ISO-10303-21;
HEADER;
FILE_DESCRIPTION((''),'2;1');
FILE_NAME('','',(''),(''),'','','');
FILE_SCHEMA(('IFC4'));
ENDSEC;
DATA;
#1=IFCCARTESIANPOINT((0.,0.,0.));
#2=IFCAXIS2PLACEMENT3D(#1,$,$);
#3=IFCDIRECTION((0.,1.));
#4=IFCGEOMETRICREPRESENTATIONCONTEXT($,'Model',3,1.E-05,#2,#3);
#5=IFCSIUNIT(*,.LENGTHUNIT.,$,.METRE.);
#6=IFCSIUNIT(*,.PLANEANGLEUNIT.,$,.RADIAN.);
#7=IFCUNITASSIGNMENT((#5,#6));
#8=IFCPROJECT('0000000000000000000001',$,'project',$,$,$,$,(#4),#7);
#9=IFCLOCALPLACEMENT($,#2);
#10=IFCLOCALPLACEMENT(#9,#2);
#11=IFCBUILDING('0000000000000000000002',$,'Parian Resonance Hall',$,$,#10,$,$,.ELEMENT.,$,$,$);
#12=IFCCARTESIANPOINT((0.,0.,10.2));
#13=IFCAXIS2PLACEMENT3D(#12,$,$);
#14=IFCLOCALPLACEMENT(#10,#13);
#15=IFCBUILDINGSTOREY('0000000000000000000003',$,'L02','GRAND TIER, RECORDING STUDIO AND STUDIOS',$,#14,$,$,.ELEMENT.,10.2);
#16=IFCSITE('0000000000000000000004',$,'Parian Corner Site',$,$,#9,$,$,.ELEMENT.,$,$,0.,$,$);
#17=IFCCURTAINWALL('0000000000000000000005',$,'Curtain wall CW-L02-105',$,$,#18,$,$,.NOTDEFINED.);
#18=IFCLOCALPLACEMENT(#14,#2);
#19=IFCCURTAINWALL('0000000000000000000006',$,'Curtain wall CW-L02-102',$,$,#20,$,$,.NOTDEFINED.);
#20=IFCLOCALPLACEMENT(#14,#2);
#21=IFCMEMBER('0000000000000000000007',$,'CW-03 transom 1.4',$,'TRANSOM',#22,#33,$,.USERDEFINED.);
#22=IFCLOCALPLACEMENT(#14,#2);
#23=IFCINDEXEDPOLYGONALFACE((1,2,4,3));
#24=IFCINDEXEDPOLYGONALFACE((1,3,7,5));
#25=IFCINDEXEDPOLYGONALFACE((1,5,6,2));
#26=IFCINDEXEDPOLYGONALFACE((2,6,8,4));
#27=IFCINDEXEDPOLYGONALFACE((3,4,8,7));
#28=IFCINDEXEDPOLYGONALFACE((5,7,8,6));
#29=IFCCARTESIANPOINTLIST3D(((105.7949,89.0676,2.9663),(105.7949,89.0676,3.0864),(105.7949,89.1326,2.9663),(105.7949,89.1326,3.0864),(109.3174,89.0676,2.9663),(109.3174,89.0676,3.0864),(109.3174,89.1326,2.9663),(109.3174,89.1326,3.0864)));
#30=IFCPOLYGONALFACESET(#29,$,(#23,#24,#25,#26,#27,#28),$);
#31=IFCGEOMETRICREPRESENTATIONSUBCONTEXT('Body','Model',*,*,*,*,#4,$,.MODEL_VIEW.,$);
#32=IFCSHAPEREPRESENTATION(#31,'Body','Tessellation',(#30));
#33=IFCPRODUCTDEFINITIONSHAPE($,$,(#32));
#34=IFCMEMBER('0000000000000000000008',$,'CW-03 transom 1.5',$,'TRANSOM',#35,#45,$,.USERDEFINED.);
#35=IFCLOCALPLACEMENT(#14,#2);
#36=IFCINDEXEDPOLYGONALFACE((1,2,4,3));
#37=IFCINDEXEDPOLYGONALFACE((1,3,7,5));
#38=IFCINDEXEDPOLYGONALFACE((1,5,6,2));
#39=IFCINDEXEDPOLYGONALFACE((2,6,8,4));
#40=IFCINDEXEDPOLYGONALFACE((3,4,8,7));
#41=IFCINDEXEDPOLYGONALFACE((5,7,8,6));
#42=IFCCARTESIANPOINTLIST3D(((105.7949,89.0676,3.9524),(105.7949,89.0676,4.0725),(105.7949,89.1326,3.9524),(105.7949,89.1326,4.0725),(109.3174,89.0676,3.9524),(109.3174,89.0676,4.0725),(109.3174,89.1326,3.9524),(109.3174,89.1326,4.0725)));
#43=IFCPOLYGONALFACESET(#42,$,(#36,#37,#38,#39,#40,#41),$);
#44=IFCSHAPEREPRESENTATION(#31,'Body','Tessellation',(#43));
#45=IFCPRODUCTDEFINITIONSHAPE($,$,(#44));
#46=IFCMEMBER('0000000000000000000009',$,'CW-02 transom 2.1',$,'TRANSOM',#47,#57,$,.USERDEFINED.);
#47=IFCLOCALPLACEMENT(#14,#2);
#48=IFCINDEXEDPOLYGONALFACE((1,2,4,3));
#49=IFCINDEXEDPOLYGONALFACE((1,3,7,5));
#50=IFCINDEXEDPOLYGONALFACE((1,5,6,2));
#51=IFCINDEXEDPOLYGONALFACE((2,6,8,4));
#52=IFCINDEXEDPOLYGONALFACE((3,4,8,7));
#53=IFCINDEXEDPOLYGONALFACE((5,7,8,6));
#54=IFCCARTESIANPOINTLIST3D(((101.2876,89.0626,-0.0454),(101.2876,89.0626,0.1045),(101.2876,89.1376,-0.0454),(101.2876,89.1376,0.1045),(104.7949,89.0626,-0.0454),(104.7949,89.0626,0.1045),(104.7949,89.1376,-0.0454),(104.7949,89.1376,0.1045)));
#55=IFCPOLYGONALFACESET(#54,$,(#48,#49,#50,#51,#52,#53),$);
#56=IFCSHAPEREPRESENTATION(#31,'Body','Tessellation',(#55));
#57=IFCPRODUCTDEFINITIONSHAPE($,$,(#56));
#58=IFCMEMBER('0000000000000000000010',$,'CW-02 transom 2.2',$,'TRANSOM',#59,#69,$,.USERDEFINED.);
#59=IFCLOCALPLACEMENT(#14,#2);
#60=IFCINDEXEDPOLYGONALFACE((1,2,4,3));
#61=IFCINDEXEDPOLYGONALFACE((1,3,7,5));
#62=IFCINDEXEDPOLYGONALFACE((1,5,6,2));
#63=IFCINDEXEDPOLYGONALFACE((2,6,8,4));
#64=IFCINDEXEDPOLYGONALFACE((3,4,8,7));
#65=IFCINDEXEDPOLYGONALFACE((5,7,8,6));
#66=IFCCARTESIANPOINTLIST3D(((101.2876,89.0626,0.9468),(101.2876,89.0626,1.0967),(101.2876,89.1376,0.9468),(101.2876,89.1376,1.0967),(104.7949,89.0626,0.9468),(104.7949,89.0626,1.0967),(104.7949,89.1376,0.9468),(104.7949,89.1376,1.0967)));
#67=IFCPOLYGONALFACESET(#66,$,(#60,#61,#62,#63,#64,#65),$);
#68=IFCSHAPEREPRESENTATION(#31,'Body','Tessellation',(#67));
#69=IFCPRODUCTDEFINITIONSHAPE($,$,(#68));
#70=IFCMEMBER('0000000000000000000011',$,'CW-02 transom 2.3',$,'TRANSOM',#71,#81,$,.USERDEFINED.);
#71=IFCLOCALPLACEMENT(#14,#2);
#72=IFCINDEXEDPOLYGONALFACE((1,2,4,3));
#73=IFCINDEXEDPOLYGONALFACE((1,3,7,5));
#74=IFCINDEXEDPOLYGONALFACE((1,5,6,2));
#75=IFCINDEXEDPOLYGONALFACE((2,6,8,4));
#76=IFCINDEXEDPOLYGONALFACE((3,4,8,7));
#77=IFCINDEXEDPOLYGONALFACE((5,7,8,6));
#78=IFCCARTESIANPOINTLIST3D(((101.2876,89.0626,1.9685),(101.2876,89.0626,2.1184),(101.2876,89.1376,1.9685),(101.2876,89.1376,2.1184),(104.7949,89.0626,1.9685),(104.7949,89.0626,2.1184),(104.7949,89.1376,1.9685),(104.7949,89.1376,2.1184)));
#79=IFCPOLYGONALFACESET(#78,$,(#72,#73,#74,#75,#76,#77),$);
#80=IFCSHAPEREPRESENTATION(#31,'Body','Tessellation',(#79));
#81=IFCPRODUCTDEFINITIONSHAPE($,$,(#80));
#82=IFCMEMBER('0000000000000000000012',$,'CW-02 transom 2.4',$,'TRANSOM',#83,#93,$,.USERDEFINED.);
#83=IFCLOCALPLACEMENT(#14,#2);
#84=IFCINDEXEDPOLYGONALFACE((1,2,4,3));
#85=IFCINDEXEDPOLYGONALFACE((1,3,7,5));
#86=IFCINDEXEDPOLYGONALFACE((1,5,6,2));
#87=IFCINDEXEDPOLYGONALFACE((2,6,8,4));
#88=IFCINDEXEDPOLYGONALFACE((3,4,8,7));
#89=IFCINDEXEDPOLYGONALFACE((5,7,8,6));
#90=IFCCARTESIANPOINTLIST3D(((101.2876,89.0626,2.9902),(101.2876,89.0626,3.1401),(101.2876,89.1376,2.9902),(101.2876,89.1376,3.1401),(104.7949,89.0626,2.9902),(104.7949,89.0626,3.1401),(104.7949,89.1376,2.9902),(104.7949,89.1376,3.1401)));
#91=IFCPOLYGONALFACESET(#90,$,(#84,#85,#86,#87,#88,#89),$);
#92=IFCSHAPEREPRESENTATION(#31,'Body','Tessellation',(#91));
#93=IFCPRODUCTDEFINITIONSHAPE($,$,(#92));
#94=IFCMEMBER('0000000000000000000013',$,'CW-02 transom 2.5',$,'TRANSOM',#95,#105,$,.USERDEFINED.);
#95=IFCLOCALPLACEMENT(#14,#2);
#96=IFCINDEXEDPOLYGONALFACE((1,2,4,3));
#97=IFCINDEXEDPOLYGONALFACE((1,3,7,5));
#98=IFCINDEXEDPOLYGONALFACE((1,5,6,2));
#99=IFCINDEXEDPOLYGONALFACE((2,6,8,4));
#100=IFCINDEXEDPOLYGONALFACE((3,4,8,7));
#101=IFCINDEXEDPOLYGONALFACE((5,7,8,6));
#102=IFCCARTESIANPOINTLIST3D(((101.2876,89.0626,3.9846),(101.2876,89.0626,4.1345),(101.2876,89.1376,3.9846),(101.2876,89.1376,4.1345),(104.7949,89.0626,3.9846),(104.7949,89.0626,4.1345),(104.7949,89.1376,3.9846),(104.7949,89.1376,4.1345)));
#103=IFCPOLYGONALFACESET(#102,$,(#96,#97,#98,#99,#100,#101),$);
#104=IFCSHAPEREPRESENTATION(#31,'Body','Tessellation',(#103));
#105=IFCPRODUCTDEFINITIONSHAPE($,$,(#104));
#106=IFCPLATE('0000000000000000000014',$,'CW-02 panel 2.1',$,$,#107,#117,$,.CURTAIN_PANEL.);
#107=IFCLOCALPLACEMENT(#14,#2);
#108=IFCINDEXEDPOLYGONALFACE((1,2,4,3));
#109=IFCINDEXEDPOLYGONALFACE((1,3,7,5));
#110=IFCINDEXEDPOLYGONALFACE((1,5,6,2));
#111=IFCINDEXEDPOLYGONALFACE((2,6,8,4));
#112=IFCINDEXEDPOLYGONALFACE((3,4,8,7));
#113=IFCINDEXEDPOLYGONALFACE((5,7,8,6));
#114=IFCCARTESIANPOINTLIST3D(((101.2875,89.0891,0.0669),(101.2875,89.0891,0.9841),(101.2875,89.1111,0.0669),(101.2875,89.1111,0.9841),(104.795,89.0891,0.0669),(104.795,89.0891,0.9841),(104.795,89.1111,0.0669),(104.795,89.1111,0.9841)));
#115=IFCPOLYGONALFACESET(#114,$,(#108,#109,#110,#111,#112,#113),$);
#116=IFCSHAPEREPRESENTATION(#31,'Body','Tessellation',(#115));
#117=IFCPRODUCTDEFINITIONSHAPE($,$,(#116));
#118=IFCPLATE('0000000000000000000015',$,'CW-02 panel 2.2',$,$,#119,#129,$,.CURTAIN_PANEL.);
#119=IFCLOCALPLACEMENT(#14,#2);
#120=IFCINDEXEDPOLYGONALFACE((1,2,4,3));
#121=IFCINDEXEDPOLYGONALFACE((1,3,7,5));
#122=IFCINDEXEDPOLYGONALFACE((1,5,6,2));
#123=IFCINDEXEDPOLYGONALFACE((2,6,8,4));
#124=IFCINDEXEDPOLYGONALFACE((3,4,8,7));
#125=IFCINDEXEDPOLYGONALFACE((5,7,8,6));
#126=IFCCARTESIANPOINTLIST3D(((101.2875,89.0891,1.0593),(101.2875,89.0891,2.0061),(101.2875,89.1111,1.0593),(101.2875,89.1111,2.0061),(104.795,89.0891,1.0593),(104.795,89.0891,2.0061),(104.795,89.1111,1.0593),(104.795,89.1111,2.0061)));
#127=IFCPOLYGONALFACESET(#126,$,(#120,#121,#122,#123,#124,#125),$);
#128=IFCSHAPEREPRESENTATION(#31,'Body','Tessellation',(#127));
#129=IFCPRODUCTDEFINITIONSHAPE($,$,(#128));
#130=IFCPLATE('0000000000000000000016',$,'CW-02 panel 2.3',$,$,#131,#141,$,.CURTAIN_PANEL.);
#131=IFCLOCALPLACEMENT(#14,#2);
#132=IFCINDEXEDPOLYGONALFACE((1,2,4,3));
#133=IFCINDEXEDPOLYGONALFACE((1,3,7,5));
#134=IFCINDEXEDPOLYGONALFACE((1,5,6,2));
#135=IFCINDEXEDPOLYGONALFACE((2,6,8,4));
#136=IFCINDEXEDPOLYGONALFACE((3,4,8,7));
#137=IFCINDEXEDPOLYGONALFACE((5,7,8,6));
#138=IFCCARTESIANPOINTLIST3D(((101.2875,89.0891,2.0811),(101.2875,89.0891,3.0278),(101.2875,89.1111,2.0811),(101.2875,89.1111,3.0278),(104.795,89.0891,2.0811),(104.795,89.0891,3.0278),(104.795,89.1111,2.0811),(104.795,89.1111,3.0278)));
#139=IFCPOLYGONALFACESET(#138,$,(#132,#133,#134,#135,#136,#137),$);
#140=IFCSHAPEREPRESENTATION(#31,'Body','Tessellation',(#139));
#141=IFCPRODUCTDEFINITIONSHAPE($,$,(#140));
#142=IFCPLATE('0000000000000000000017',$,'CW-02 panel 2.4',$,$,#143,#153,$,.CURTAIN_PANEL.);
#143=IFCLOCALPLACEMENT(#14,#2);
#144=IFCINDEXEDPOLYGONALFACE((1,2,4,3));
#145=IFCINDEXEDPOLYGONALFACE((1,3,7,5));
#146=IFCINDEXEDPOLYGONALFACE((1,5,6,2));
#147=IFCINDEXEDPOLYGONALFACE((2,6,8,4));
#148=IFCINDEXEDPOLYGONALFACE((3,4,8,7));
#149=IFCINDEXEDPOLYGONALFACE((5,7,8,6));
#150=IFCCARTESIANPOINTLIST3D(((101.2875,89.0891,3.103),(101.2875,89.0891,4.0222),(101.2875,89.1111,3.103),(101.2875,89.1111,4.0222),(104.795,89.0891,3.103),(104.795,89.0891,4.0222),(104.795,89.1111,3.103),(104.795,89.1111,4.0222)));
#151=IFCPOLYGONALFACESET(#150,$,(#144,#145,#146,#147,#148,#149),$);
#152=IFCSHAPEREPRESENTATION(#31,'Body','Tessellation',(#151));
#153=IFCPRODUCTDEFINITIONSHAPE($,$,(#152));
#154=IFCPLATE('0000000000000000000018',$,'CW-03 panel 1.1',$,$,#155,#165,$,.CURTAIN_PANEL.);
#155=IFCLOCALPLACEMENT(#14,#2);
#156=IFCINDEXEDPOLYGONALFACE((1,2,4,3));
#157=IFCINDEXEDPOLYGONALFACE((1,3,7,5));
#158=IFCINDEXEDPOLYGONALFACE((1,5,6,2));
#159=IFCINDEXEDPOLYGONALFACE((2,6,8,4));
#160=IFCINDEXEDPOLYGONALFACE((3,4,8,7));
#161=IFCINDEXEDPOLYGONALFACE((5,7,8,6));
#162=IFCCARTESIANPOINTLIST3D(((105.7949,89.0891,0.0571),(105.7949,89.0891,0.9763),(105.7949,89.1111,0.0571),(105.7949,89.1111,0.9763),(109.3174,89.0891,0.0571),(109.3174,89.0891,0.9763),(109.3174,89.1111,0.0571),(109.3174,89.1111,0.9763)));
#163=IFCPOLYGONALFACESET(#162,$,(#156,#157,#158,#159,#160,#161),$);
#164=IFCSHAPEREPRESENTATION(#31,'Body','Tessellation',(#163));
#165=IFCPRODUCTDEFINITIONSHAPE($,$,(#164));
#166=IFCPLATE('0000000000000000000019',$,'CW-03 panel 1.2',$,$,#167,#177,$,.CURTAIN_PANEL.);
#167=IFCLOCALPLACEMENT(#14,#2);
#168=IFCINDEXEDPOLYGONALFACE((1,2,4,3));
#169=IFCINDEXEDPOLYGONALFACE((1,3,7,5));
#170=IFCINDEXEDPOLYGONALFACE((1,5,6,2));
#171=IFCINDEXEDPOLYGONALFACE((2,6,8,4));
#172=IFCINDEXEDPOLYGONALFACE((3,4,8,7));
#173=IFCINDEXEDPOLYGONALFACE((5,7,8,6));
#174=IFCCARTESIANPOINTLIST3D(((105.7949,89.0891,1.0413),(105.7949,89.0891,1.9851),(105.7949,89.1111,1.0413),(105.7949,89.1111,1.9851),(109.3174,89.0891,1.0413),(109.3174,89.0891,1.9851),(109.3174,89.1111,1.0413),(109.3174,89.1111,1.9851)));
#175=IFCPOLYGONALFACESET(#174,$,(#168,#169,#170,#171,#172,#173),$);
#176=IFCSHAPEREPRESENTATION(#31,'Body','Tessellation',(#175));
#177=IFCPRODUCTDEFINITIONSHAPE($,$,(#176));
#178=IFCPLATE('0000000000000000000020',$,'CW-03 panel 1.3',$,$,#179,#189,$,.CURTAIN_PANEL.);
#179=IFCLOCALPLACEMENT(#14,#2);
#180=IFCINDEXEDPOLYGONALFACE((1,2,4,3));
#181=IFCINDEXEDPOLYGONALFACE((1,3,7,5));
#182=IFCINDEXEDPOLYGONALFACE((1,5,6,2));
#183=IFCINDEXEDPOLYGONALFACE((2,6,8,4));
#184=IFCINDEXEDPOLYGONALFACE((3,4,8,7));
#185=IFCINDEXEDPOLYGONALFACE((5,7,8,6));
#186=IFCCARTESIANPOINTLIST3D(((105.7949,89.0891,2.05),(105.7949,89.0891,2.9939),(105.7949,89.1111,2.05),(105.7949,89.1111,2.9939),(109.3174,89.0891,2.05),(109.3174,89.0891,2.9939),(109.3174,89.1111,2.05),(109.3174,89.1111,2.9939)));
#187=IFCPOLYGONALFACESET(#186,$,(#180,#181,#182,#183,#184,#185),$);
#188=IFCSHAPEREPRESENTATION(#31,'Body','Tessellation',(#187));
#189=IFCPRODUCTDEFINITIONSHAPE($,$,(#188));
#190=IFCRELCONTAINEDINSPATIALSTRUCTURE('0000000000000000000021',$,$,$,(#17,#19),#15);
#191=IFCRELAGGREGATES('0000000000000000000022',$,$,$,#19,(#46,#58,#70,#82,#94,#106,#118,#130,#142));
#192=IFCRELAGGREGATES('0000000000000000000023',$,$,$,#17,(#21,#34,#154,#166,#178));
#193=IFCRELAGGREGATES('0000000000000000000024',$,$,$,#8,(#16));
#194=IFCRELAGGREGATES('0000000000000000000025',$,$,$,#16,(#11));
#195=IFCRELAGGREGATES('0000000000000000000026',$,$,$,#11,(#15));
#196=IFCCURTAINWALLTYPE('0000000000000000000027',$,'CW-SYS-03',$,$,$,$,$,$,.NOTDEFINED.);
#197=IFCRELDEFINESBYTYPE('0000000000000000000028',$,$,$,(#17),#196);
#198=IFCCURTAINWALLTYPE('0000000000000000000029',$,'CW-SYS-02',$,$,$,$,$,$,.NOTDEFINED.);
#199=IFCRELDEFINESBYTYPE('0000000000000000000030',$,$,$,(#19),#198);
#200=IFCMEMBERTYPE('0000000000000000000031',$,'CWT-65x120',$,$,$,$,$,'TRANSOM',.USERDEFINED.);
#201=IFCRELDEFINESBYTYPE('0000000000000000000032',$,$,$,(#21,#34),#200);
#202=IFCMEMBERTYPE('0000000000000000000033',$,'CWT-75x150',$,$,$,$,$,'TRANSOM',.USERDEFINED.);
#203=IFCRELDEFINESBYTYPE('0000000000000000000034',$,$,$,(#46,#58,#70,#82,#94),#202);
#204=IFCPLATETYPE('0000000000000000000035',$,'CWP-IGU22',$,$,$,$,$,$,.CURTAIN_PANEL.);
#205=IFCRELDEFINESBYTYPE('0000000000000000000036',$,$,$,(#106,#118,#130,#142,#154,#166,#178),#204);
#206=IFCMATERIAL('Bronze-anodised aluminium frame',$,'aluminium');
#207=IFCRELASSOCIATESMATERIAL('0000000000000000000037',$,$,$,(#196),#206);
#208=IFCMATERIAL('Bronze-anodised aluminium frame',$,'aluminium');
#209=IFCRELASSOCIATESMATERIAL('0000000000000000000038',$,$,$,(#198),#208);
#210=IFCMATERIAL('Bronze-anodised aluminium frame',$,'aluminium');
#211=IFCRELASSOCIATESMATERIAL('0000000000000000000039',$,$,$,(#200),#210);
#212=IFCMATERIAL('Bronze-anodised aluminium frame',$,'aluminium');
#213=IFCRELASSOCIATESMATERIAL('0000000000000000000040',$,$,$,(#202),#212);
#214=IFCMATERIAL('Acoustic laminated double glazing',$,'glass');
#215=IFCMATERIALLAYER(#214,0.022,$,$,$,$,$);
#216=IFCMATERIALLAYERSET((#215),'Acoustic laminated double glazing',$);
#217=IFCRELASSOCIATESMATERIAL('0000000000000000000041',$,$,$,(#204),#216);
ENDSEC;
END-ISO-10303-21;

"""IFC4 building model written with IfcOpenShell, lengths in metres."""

from ifc_helpers import new_model, si_unit, direction, frame, origin, origin_2d, place, context, subcontext, project, spatial, rectangle, extrude, material, layer, layer_set, material_profile, profile_set, type_object, element, aggregate, save


model = new_model("IFC4")

# Units and contexts
model_context = context("Model", 3, precision=1e-05, world=origin(), true_north=direction((0.0, 1.0)))
body_context = subcontext(model_context, "Body", "Model", "MODEL_VIEW")
ifc_project = project(units=[si_unit("LENGTHUNIT", "METRE"), si_unit("PLANEANGLEUNIT", "RADIAN")], contexts=[model_context])

# Site, building, storey
site_placement = place(None, origin())
site = spatial("IfcSite", under=ifc_project, at=site_placement, Name="Parian Corner Site", CompositionType="ELEMENT", RefElevation=0.0)
building_placement = place(site_placement, origin())
building = spatial("IfcBuilding", under=site, at=building_placement, Name="Parian Resonance Hall", CompositionType="ELEMENT")
storey_placement = place(building_placement, frame((0.0, 0.0, 10.2)))
storey = spatial("IfcBuildingStorey", under=building, at=storey_placement, Name="L02", Description="GRAND TIER, RECORDING STUDIO AND STUDIOS", CompositionType="ELEMENT", Elevation=10.2)

# Curtain walls
ifc_material_1 = material(Name="Bronze-anodised aluminium frame", Category="aluminium")
curtain_wall_type_1 = type_object("IfcCurtainWallType", Name="CW-SYS-03", PredefinedType="NOTDEFINED", material=ifc_material_1)
curtain_wall_1_placement = place(storey_placement, origin())
curtain_wall_1 = element("IfcCurtainWall", 1, at=curtain_wall_1_placement, inside=storey, type_object=curtain_wall_type_1, Name="Curtain wall CW-L02-105", PredefinedType="NOTDEFINED")
ifc_material_2 = material(Name="Bronze-anodised aluminium frame", Category="aluminium")
curtain_wall_type_2 = type_object("IfcCurtainWallType", Name="CW-SYS-02", PredefinedType="NOTDEFINED", material=ifc_material_2)
curtain_wall_2_placement = place(storey_placement, origin())
curtain_wall_2 = element("IfcCurtainWall", 2, at=curtain_wall_2_placement, inside=storey, type_object=curtain_wall_type_2, Name="Curtain wall CW-L02-102", PredefinedType="NOTDEFINED")

# Members
ifc_material_3 = material(Name="Bronze-anodised aluminium frame", Category="aluminium")
ifc_material_profile_1 = material_profile(ifc_material_3, rectangle(XDim=0.0649, YDim=0.1201, at=origin_2d()), Name="CWT-65x120")
ifc_profile_set_1 = profile_set([ifc_material_profile_1], Name="Bronze-anodised aluminium frame")
member_type_1 = type_object("IfcMemberType", Name="CWT-65x120", ElementType="TRANSOM", PredefinedType="USERDEFINED", material=ifc_profile_set_1)
member_1_placement = place(storey_placement, frame((105.7949, 89.1001, 3.0264), z_axis=(1.0, 0.0, 0.0), x_axis=(0.0, 1.0, 0.0)))
member_1 = element("IfcMember", 3, at=member_1_placement, type_object=member_type_1, Name="CW-03 transom 1.4", ObjectType="TRANSOM", PredefinedType="USERDEFINED", context=body_context, shape_type="SweptSolid", body=[
    extrude(rectangle(XDim=0.0649, YDim=0.1201, at=origin_2d()), origin(), (0.0, 0.0, 1.0), 3.5225),
])
member_2_placement = place(storey_placement, frame((105.7949, 89.1001, 4.0125), z_axis=(1.0, 0.0, 0.0), x_axis=(0.0, 1.0, 0.0)))
member_2 = element("IfcMember", 4, at=member_2_placement, type_object=member_type_1, Name="CW-03 transom 1.5", ObjectType="TRANSOM", PredefinedType="USERDEFINED", context=body_context, shape_type="SweptSolid", body=[
    extrude(rectangle(XDim=0.0649, YDim=0.1201, at=origin_2d()), origin(), (0.0, 0.0, 1.0), 3.5225),
])
ifc_material_4 = material(Name="Bronze-anodised aluminium frame", Category="aluminium")
ifc_material_profile_2 = material_profile(ifc_material_4, rectangle(XDim=0.075, YDim=0.1499, at=origin_2d()), Name="CWT-75x150")
ifc_profile_set_2 = profile_set([ifc_material_profile_2], Name="Bronze-anodised aluminium frame")
member_type_2 = type_object("IfcMemberType", Name="CWT-75x150", ElementType="TRANSOM", PredefinedType="USERDEFINED", material=ifc_profile_set_2)
member_3_placement = place(storey_placement, frame((101.2876, 89.1001, 0.0295), z_axis=(1.0, 0.0, 0.0), x_axis=(0.0, 1.0, 0.0)))
member_3 = element("IfcMember", 5, at=member_3_placement, type_object=member_type_2, Name="CW-02 transom 2.1", ObjectType="TRANSOM", PredefinedType="USERDEFINED", context=body_context, shape_type="SweptSolid", body=[
    extrude(rectangle(XDim=0.075, YDim=0.1499, at=origin_2d()), origin(), (0.0, 0.0, 1.0), 3.5073),
])
member_4_placement = place(storey_placement, frame((101.2876, 89.1001, 1.0217), z_axis=(1.0, 0.0, 0.0), x_axis=(0.0, 1.0, 0.0)))
member_4 = element("IfcMember", 6, at=member_4_placement, type_object=member_type_2, Name="CW-02 transom 2.2", ObjectType="TRANSOM", PredefinedType="USERDEFINED", context=body_context, shape_type="SweptSolid", body=[
    extrude(rectangle(XDim=0.075, YDim=0.1499, at=origin_2d()), origin(), (0.0, 0.0, 1.0), 3.5073),
])
member_5_placement = place(storey_placement, frame((101.2876, 89.1001, 2.0435), z_axis=(1.0, 0.0, 0.0), x_axis=(0.0, 1.0, 0.0)))
member_5 = element("IfcMember", 7, at=member_5_placement, type_object=member_type_2, Name="CW-02 transom 2.3", ObjectType="TRANSOM", PredefinedType="USERDEFINED", context=body_context, shape_type="SweptSolid", body=[
    extrude(rectangle(XDim=0.075, YDim=0.1499, at=origin_2d()), origin(), (0.0, 0.0, 1.0), 3.5073),
])
member_6_placement = place(storey_placement, frame((101.2876, 89.1001, 3.0652), z_axis=(1.0, 0.0, 0.0), x_axis=(0.0, 1.0, 0.0)))
member_6 = element("IfcMember", 8, at=member_6_placement, type_object=member_type_2, Name="CW-02 transom 2.4", ObjectType="TRANSOM", PredefinedType="USERDEFINED", context=body_context, shape_type="SweptSolid", body=[
    extrude(rectangle(XDim=0.075, YDim=0.1499, at=origin_2d()), origin(), (0.0, 0.0, 1.0), 3.5073),
])
member_7_placement = place(storey_placement, frame((101.2876, 89.1001, 4.0596), z_axis=(1.0, 0.0, 0.0), x_axis=(0.0, 1.0, 0.0)))
member_7 = element("IfcMember", 9, at=member_7_placement, type_object=member_type_2, Name="CW-02 transom 2.5", ObjectType="TRANSOM", PredefinedType="USERDEFINED", context=body_context, shape_type="SweptSolid", body=[
    extrude(rectangle(XDim=0.075, YDim=0.1499, at=origin_2d()), origin(), (0.0, 0.0, 1.0), 3.5073),
])

# Plates
ifc_material_5 = material(Name="Acoustic laminated double glazing", Category="glass")
ifc_layer_1 = layer(ifc_material_5, 0.022)
ifc_layer_set_1 = layer_set([ifc_layer_1], Name="Acoustic laminated double glazing")
plate_type = type_object("IfcPlateType", Name="CWP-IGU22", PredefinedType="CURTAIN_PANEL", material=ifc_layer_set_1)
plate_1_placement = place(storey_placement, frame((103.0413, 89.1001, 0.0669), z_axis=(0.0, 0.0, 1.0), x_axis=(1.0, 0.0, 0.0)))
plate_1 = element("IfcPlate", 10, at=plate_1_placement, type_object=plate_type, Name="CW-02 panel 2.1", PredefinedType="CURTAIN_PANEL", context=body_context, shape_type="SweptSolid", body=[
    extrude(rectangle(XDim=3.5076, YDim=0.022, at=origin_2d()), origin(), (0.0, 0.0, 1.0), 0.9172),
])
plate_2_placement = place(storey_placement, frame((103.0413, 89.1001, 1.0593), z_axis=(0.0, 0.0, 1.0), x_axis=(1.0, 0.0, 0.0)))
plate_2 = element("IfcPlate", 11, at=plate_2_placement, type_object=plate_type, Name="CW-02 panel 2.2", PredefinedType="CURTAIN_PANEL", context=body_context, shape_type="SweptSolid", body=[
    extrude(rectangle(XDim=3.5076, YDim=0.022, at=origin_2d()), origin(), (0.0, 0.0, 1.0), 0.9468),
])
plate_3_placement = place(storey_placement, frame((103.0413, 89.1001, 2.0811), z_axis=(0.0, 0.0, 1.0), x_axis=(1.0, 0.0, 0.0)))
plate_3 = element("IfcPlate", 12, at=plate_3_placement, type_object=plate_type, Name="CW-02 panel 2.3", PredefinedType="CURTAIN_PANEL", context=body_context, shape_type="SweptSolid", body=[
    extrude(rectangle(XDim=3.5076, YDim=0.022, at=origin_2d()), origin(), (0.0, 0.0, 1.0), 0.9468),
])
plate_4_placement = place(storey_placement, frame((103.0413, 89.1001, 3.103), z_axis=(0.0, 0.0, 1.0), x_axis=(1.0, 0.0, 0.0)))
plate_4 = element("IfcPlate", 13, at=plate_4_placement, type_object=plate_type, Name="CW-02 panel 2.4", PredefinedType="CURTAIN_PANEL", context=body_context, shape_type="SweptSolid", body=[
    extrude(rectangle(XDim=3.5076, YDim=0.022, at=origin_2d()), origin(), (0.0, 0.0, 1.0), 0.9192),
])
aggregate(curtain_wall_2, [member_3, member_4, member_5, member_6, member_7, plate_1, plate_2, plate_3, plate_4])
plate_5_placement = place(storey_placement, frame((107.5562, 89.1001, 0.0571), z_axis=(0.0, 0.0, 1.0), x_axis=(1.0, 0.0, 0.0)))
plate_5 = element("IfcPlate", 14, at=plate_5_placement, type_object=plate_type, Name="CW-03 panel 1.1", PredefinedType="CURTAIN_PANEL", context=body_context, shape_type="SweptSolid", body=[
    extrude(rectangle(XDim=3.5225, YDim=0.022, at=origin_2d()), origin(), (0.0, 0.0, 1.0), 0.9192),
])
plate_6_placement = place(storey_placement, frame((107.5562, 89.1001, 1.0413), z_axis=(0.0, 0.0, 1.0), x_axis=(1.0, 0.0, 0.0)))
plate_6 = element("IfcPlate", 15, at=plate_6_placement, type_object=plate_type, Name="CW-03 panel 1.2", PredefinedType="CURTAIN_PANEL", context=body_context, shape_type="SweptSolid", body=[
    extrude(rectangle(XDim=3.5225, YDim=0.022, at=origin_2d()), origin(), (0.0, 0.0, 1.0), 0.9438),
])
plate_7_placement = place(storey_placement, frame((107.5562, 89.1001, 2.05), z_axis=(0.0, 0.0, 1.0), x_axis=(1.0, 0.0, 0.0)))
plate_7 = element("IfcPlate", 16, at=plate_7_placement, type_object=plate_type, Name="CW-03 panel 1.3", PredefinedType="CURTAIN_PANEL", context=body_context, shape_type="SweptSolid", body=[
    extrude(rectangle(XDim=3.5225, YDim=0.022, at=origin_2d()), origin(), (0.0, 0.0, 1.0), 0.9438),
])
aggregate(curtain_wall_1, [member_1, member_2, plate_5, plate_6, plate_7])

save(model, "model.ifc")
